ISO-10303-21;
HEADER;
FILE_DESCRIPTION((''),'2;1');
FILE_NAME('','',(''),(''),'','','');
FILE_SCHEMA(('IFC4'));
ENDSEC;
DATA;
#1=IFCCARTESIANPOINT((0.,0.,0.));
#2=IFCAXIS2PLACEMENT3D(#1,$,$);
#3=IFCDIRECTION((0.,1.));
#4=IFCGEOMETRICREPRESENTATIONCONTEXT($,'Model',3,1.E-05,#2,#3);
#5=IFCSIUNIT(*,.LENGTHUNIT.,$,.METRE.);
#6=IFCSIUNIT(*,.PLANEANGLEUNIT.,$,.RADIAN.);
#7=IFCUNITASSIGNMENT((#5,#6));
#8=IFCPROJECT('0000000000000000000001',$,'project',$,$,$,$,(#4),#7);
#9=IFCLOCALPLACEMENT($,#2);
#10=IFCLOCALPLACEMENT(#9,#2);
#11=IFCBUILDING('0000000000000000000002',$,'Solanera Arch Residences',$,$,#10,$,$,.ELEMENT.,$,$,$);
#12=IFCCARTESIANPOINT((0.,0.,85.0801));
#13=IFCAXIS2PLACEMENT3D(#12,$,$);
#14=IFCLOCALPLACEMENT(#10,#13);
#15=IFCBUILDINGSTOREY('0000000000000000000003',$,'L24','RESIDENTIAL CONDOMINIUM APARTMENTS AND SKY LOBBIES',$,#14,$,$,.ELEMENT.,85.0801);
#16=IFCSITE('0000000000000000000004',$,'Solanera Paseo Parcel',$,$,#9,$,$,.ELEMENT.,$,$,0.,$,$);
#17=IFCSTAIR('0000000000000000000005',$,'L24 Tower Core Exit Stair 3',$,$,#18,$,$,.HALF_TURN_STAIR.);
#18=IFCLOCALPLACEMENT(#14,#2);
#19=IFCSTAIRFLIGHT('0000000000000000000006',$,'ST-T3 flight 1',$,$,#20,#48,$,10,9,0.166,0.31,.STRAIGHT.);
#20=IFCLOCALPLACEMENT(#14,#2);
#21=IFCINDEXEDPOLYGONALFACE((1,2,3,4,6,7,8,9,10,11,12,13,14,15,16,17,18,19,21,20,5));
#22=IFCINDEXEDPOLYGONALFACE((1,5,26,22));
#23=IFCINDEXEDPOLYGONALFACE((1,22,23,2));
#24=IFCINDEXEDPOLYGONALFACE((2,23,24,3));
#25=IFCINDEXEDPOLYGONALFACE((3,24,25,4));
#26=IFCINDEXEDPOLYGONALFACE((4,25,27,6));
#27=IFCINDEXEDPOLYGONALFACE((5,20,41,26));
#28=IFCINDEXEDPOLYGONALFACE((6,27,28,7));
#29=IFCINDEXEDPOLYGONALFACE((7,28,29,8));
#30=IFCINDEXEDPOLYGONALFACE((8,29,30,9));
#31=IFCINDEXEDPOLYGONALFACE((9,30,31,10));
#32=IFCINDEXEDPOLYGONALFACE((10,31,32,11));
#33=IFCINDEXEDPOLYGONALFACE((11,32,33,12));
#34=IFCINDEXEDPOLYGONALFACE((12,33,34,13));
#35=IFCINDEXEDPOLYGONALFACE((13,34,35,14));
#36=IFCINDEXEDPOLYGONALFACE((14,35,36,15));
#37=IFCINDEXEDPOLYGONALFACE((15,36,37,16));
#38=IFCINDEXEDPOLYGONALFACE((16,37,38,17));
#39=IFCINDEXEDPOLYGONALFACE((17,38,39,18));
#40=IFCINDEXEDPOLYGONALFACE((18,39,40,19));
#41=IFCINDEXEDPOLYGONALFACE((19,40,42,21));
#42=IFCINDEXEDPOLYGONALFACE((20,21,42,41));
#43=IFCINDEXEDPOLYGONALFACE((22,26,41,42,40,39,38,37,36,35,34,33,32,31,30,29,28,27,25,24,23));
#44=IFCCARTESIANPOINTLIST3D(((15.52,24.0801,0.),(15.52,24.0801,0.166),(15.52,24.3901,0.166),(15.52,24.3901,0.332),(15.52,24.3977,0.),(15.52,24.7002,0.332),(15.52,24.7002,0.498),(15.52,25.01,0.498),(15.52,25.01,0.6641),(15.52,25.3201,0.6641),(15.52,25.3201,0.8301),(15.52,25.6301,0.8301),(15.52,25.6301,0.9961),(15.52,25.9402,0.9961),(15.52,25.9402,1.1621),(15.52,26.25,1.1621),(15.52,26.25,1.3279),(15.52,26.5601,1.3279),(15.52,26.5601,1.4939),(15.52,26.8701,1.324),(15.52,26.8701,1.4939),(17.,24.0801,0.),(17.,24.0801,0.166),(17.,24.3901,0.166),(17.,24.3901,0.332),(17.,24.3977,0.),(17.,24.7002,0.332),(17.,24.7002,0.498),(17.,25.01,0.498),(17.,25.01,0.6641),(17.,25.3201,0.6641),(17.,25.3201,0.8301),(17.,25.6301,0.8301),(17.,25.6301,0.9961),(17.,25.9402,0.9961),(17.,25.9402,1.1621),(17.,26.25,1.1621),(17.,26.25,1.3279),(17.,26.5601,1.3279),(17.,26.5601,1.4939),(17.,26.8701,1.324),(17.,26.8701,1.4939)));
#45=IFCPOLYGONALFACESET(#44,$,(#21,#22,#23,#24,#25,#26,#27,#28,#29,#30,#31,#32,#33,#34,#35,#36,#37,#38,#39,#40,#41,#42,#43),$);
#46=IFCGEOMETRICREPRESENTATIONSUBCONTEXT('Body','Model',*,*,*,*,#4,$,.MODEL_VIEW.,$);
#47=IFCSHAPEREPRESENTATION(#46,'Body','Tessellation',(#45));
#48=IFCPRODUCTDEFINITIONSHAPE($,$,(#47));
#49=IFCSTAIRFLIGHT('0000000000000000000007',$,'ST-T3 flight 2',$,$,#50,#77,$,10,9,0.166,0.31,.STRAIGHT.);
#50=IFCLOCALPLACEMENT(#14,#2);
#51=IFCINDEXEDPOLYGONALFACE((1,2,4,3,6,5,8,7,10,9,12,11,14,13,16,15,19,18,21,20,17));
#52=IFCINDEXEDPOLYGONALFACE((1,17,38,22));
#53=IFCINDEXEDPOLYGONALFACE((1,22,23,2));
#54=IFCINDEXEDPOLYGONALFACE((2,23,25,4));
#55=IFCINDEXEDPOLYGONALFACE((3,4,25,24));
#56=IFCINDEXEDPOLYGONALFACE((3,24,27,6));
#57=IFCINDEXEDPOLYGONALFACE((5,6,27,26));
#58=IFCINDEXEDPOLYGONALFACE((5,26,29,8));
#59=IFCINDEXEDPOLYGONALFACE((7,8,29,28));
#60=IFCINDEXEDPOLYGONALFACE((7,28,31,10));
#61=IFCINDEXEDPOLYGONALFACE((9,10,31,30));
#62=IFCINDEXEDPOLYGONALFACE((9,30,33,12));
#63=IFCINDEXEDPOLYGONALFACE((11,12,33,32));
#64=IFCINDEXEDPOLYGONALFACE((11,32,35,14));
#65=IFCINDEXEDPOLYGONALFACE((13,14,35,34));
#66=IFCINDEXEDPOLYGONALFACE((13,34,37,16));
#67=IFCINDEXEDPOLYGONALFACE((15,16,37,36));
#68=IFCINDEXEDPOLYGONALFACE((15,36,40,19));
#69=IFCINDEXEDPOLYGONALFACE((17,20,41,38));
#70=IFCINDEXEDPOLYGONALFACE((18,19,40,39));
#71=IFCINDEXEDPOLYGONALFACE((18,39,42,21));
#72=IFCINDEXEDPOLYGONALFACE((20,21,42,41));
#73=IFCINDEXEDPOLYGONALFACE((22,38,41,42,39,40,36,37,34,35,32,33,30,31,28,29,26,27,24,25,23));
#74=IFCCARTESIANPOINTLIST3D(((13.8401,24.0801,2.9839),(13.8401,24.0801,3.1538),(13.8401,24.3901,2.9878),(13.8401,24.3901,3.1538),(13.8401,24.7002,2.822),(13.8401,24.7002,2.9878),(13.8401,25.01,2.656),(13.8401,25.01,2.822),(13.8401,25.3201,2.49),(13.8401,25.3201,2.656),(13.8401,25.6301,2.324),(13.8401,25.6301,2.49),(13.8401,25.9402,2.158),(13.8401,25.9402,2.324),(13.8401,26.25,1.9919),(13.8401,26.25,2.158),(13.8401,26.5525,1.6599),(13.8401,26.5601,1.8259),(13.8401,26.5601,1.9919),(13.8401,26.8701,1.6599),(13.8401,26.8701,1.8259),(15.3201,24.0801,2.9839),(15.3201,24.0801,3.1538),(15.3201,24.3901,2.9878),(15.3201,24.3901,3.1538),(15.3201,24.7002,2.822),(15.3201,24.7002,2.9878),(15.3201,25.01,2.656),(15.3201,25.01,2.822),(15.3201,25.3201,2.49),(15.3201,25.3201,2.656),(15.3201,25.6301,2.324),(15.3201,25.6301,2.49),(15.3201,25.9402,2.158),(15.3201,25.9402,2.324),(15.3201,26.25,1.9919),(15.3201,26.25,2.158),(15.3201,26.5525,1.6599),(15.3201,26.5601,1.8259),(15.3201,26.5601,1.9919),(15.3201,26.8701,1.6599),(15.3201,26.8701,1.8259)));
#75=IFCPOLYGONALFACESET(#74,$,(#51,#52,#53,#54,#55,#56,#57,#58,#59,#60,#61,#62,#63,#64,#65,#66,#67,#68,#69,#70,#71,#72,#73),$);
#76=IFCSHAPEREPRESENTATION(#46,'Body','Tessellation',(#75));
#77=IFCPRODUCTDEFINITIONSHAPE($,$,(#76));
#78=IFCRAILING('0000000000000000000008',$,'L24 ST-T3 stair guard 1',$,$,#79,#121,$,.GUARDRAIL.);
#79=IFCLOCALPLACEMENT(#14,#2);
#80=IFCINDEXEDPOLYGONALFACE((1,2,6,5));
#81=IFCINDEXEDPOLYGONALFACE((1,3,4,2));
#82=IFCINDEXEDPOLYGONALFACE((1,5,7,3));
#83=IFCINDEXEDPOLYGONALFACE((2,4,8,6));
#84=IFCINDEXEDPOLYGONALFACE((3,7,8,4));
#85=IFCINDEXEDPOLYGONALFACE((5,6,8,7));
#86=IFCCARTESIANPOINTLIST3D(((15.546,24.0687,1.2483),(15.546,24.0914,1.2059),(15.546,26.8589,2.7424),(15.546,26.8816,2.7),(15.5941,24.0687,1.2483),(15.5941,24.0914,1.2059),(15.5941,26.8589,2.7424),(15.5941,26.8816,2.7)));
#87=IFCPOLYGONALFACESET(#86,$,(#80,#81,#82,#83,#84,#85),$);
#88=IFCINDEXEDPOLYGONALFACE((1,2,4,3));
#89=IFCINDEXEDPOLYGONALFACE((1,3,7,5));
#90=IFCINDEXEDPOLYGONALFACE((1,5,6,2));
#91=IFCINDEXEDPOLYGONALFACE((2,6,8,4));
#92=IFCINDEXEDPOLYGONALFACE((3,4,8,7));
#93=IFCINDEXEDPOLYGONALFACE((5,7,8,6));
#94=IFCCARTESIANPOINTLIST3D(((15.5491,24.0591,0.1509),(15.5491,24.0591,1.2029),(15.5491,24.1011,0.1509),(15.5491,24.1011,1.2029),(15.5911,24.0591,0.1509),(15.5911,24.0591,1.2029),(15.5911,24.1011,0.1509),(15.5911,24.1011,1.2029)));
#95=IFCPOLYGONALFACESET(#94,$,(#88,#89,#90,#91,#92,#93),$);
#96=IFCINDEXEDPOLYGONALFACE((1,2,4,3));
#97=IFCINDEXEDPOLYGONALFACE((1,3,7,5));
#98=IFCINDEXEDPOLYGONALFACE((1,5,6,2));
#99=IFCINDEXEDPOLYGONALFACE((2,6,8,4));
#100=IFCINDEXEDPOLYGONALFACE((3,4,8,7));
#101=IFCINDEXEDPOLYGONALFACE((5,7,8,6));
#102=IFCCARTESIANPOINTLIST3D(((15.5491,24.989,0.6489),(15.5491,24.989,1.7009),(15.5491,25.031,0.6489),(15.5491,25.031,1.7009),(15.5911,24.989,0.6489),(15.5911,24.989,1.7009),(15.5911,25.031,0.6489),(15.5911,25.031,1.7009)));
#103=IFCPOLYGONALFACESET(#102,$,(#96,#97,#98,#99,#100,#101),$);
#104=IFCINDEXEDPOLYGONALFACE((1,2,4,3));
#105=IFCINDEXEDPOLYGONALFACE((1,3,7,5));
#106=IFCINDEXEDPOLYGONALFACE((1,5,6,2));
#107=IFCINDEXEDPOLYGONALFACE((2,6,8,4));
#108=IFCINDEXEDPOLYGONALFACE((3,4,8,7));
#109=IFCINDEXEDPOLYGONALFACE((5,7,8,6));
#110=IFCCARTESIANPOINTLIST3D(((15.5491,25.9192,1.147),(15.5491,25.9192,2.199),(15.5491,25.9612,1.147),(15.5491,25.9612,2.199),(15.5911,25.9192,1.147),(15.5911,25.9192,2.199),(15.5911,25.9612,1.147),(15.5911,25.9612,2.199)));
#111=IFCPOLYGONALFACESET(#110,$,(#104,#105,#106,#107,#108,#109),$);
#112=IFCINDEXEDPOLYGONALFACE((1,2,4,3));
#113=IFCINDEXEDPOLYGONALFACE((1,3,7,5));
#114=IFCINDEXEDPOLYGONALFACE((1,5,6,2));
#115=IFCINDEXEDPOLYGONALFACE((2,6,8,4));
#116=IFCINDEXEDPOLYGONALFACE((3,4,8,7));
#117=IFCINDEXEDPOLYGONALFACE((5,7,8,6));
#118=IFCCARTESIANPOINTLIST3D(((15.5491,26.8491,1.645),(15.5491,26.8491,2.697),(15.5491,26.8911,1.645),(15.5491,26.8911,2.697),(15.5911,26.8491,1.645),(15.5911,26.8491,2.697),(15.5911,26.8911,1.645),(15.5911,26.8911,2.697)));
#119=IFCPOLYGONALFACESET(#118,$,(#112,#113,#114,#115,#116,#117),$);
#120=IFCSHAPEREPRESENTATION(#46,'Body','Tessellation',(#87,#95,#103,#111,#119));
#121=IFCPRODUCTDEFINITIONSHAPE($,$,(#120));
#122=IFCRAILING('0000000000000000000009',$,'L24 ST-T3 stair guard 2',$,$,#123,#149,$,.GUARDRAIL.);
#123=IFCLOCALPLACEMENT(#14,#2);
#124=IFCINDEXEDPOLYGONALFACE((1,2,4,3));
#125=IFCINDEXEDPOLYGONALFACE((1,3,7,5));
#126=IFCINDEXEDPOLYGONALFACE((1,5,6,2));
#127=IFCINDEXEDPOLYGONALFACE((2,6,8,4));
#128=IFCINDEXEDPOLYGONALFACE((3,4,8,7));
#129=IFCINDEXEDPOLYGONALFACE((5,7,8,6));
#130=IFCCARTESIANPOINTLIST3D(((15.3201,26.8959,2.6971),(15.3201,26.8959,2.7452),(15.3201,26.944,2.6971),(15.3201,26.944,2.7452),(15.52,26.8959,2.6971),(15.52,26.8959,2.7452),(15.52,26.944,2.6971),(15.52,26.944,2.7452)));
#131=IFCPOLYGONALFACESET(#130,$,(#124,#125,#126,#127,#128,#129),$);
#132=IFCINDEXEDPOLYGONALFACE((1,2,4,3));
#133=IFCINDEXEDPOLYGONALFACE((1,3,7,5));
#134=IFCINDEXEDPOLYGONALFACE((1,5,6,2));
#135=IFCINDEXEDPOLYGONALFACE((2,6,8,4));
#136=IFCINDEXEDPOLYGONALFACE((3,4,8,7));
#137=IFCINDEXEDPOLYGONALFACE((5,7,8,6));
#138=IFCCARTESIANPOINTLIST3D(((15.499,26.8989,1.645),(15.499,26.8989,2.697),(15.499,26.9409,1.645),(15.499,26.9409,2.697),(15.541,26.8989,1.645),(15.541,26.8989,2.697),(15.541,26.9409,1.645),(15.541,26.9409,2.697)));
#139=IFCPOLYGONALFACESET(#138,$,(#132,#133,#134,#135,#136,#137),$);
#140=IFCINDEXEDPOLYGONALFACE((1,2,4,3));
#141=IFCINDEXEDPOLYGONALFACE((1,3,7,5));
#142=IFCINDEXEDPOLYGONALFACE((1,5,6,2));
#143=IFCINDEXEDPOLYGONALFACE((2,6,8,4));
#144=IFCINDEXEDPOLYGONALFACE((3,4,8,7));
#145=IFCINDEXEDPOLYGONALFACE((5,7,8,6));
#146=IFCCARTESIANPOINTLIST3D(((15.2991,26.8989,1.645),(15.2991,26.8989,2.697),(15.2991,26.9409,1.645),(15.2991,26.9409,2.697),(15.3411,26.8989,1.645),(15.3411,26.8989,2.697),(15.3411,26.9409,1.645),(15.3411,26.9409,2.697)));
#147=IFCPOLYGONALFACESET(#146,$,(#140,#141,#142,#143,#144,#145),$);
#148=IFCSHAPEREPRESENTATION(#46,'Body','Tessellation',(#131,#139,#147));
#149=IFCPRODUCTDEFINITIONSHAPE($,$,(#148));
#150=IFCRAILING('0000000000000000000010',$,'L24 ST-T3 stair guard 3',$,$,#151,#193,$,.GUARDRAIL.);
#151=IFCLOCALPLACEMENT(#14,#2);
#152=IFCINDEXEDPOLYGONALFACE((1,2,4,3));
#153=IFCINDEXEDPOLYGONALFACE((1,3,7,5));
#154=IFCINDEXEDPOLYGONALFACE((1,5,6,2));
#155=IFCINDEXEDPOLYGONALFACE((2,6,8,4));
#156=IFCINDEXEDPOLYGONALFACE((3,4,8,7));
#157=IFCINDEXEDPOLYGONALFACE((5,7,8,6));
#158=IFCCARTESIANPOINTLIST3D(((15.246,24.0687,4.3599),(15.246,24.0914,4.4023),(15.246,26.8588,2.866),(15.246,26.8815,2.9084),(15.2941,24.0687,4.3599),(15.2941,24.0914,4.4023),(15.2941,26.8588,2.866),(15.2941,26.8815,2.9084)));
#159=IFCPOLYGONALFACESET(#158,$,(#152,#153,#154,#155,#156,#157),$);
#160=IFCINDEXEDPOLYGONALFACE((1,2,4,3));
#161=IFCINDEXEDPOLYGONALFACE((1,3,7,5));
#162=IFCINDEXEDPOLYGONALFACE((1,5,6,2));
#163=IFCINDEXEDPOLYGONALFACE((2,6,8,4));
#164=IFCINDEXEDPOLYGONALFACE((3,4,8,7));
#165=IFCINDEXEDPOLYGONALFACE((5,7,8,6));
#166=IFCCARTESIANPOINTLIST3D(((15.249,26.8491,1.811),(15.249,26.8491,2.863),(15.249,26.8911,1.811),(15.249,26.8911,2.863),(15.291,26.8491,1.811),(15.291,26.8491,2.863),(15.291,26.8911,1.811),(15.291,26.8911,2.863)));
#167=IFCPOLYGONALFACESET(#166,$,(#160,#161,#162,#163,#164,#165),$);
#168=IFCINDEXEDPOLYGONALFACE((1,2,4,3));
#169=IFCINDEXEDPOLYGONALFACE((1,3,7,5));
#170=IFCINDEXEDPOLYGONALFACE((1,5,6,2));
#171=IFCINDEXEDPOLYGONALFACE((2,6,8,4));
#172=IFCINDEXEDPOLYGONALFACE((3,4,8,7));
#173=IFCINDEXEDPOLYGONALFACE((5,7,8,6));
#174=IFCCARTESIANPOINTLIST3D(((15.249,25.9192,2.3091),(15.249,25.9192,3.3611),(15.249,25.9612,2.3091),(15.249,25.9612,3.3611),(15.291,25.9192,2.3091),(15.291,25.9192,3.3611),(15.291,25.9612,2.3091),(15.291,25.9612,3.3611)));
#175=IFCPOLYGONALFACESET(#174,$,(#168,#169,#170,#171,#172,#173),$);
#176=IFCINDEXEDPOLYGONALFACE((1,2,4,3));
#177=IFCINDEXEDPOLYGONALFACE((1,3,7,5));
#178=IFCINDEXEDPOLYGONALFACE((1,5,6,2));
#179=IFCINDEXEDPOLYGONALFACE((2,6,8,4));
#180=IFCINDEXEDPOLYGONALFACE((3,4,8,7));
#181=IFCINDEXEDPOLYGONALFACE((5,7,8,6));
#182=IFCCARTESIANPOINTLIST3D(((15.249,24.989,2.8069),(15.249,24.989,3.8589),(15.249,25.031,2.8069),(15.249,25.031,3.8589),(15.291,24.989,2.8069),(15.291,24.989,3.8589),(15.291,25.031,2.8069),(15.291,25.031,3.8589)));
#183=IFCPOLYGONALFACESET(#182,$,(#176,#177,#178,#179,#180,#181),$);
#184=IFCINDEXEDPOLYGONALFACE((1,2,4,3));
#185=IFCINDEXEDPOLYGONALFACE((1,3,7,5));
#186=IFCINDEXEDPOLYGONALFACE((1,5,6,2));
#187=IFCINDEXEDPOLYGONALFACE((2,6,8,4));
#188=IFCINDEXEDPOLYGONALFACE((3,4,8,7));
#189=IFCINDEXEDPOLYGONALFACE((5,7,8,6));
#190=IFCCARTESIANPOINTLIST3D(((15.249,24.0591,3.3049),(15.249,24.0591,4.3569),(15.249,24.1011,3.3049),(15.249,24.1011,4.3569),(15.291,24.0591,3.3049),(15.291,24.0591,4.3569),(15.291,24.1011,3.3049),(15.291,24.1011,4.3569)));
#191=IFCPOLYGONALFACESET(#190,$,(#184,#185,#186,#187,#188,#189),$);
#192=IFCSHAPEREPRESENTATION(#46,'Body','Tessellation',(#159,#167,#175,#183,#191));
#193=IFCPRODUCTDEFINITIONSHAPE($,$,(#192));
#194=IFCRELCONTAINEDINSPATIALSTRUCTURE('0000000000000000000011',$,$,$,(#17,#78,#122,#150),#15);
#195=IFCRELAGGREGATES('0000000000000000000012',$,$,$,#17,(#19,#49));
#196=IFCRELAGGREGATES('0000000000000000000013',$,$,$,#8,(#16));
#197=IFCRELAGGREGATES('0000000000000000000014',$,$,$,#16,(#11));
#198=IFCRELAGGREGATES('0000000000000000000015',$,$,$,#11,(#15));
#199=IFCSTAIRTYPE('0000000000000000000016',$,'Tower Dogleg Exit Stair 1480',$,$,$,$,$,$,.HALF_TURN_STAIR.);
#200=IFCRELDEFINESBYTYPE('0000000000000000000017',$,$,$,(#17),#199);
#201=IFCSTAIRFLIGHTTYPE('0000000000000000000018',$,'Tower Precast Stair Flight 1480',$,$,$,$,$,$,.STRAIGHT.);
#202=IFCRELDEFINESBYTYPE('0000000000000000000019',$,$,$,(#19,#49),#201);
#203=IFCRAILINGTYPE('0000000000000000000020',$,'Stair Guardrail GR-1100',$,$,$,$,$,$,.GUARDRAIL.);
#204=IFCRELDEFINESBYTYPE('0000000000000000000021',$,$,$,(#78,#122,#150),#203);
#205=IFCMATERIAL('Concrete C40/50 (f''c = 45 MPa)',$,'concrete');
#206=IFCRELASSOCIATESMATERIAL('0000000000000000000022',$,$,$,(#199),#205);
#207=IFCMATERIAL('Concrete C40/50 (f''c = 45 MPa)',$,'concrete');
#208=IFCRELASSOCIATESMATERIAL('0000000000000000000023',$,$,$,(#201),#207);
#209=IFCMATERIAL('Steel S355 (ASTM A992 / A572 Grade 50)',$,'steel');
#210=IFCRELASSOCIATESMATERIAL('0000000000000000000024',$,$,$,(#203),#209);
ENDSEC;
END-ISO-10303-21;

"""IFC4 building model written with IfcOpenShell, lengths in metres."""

from ifc_helpers import new_model, si_unit, direction, frame, origin, origin_2d, place, context, subcontext, project, spatial, polyline, rectangle, outline, extrude, material, type_object, element, aggregate, save


model = new_model("IFC4")

# Units and contexts
model_context = context("Model", 3, precision=1e-05, world=origin(), true_north=direction((0.0, 1.0)))
body_context = subcontext(model_context, "Body", "Model", "MODEL_VIEW")
ifc_project = project(units=[si_unit("LENGTHUNIT", "METRE"), si_unit("PLANEANGLEUNIT", "RADIAN")], contexts=[model_context])

# Site, building, storey
site_placement = place(None, origin())
site = spatial("IfcSite", under=ifc_project, at=site_placement, Name="Solanera Paseo Parcel", CompositionType="ELEMENT", RefElevation=0.0)
building_placement = place(site_placement, origin())
building = spatial("IfcBuilding", under=site, at=building_placement, Name="Solanera Arch Residences", CompositionType="ELEMENT")
storey_placement = place(building_placement, frame((0.0, 0.0, 85.0801)))
storey = spatial("IfcBuildingStorey", under=building, at=storey_placement, Name="L24", Description="RESIDENTIAL CONDOMINIUM APARTMENTS AND SKY LOBBIES", CompositionType="ELEMENT", Elevation=85.0801)

# Stair, stair flights
ifc_material_1 = material(Name="Concrete C40/50 (f'c = 45 MPa)", Category="concrete")
stair_type = type_object("IfcStairType", Name="Tower Dogleg Exit Stair 1480", PredefinedType="HALF_TURN_STAIR", material=ifc_material_1)
stair_placement = place(storey_placement, origin())
stair = element("IfcStair", 1, at=stair_placement, inside=storey, type_object=stair_type, Name="L24 Tower Core Exit Stair 3", PredefinedType="HALF_TURN_STAIR")
ifc_material_2 = material(Name="Concrete C40/50 (f'c = 45 MPa)", Category="concrete")
stair_flight_type = type_object("IfcStairFlightType", Name="Tower Precast Stair Flight 1480", PredefinedType="STRAIGHT", material=ifc_material_2)
stair_flight_1_placement = place(storey_placement, frame((16.26, 24.0801, 0.0), z_axis=(0.0, 0.0, 1.0), x_axis=(0.0, 1.0, 0.0)))
stair_flight_1 = element("IfcStairFlight", 2, at=stair_flight_1_placement, type_object=stair_flight_type, Name="ST-T3 flight 1", NumberOfRisers=10, NumberOfTreads=9, PredefinedType="STRAIGHT", RiserHeight=0.166, TreadLength=0.31, context=body_context, shape_type="SweptSolid", body=[
    extrude(outline(polyline([(0.0, 0.0), (0.0, 0.166), (0.3101, 0.166), (0.3101, 0.332), (0.6201, 0.332), (0.6201, 0.498), (0.9299, 0.498), (0.9299, 0.6641), (1.24, 0.6641), (1.24, 0.8301), (1.55, 0.8301), (1.55, 0.9961), (1.8601, 0.9961), (1.8601, 1.1621), (2.1699, 1.1621), (2.1699, 1.3279), (2.48, 1.3279), (2.48, 1.4939), (2.79, 1.4939), (2.79, 1.6599), (2.79, 1.324), (0.3176, 0.0), (0.0, 0.0)])), frame((0.0, 0.74, 0.0), z_axis=(0.0, -1.0, 0.0), x_axis=(1.0, 0.0, 0.0)), (0.0, 0.0, 1.0), 1.48),
])
stair_flight_2_placement = place(storey_placement, frame((14.5801, 26.8701, 1.6599), z_axis=(0.0, 0.0, 1.0), x_axis=(0.0, -1.0, 0.0)))
stair_flight_2 = element("IfcStairFlight", 3, at=stair_flight_2_placement, type_object=stair_flight_type, Name="ST-T3 flight 2", NumberOfRisers=10, NumberOfTreads=9, PredefinedType="STRAIGHT", RiserHeight=0.166, TreadLength=0.31, context=body_context, shape_type="SweptSolid", body=[
    extrude(outline(polyline([(0.0, 0.0), (0.0, 0.166), (0.3101, 0.166), (0.3101, 0.332), (0.6201, 0.332), (0.6201, 0.498), (0.9299, 0.498), (0.9299, 0.6641), (1.24, 0.6641), (1.24, 0.8301), (1.55, 0.8301), (1.55, 0.9961), (1.8601, 0.9961), (1.8601, 1.1621), (2.1699, 1.1621), (2.1699, 1.3279), (2.48, 1.3279), (2.48, 1.4939), (2.79, 1.4939), (2.79, 1.6599), (2.79, 1.324), (0.3176, 0.0), (0.0, 0.0)])), frame((0.0, 0.74, 0.0), z_axis=(0.0, -1.0, 0.0), x_axis=(1.0, 0.0, 0.0)), (0.0, 0.0, 1.0), 1.48),
])
aggregate(stair, [stair_flight_1, stair_flight_2])

# Railings
ifc_material_3 = material(Name="Steel S355 (ASTM A992 / A572 Grade 50)", Category="steel")
railing_type_1 = type_object("IfcRailingType", Name="Stair Guardrail GR-1100", PredefinedType="GUARDRAIL", material=ifc_material_3)
railing_1_placement = place(storey_placement, frame((15.5701, 24.0801, 0.1509)))
element("IfcRailing", 4, at=railing_1_placement, inside=storey, type_object=railing_type_1, Name="L24 ST-T3 stair guard 1", PredefinedType="GUARDRAIL", context=body_context, shape_type="SweptSolid", body=[
    extrude(rectangle(XDim=0.0481, YDim=0.0481, at=origin_2d()), frame((0.0, 0.0, 1.0762), z_axis=(0.0, 0.881549, 0.472093), x_axis=(-1.0, 0.0, 0.0)), (0.0, 0.0, 1.0), 3.165),
    extrude(rectangle(XDim=0.042, YDim=0.042, at=origin_2d()), origin(), (0.0, 0.0, 1.0), 1.052),
    extrude(rectangle(XDim=0.042, YDim=0.042, at=origin_2d()), frame((0.0, 0.9299, 0.498)), (0.0, 0.0, 1.0), 1.052),
    extrude(rectangle(XDim=0.042, YDim=0.042, at=origin_2d()), frame((0.0, 1.8601, 0.9961)), (0.0, 0.0, 1.0), 1.052),
    extrude(rectangle(XDim=0.042, YDim=0.042, at=origin_2d()), frame((0.0, 2.79, 1.4941)), (0.0, 0.0, 1.0), 1.052),
])
railing_2_placement = place(storey_placement, frame((15.52, 26.9199, 1.645)))
element("IfcRailing", 5, at=railing_2_placement, inside=storey, type_object=railing_type_1, Name="L24 ST-T3 stair guard 2", PredefinedType="GUARDRAIL", context=body_context, shape_type="SweptSolid", body=[
    extrude(rectangle(XDim=0.0481, YDim=0.0481, at=origin_2d()), frame((0.0, 0.0, 1.0762), z_axis=(-1.0, 0.0, 0.0), x_axis=(0.0, -1.0, 0.0)), (0.0, 0.0, 1.0), 0.2),
    extrude(rectangle(XDim=0.042, YDim=0.042, at=origin_2d()), origin(), (0.0, 0.0, 1.0), 1.052),
    extrude(rectangle(XDim=0.042, YDim=0.042, at=origin_2d()), frame((-0.2, 0.0, 0.0)), (0.0, 0.0, 1.0), 1.052),
])
railing_3_placement = place(storey_placement, frame((15.27, 26.8701, 1.811)))
element("IfcRailing", 6, at=railing_3_placement, inside=storey, type_object=railing_type_1, Name="L24 ST-T3 stair guard 3", PredefinedType="GUARDRAIL", context=body_context, shape_type="SweptSolid", body=[
    extrude(rectangle(XDim=0.0481, YDim=0.0481, at=origin_2d()), frame((0.0, 0.0, 1.0762), z_axis=(0.0, -0.881581, 0.472033), x_axis=(1.0, 0.0, 0.0)), (0.0, 0.0, 1.0), 3.1648),
    extrude(rectangle(XDim=0.042, YDim=0.042, at=origin_2d()), origin(), (0.0, 0.0, 1.0), 1.052),
    extrude(rectangle(XDim=0.042, YDim=0.042, at=origin_2d()), frame((0.0, -0.9299, 0.498)), (0.0, 0.0, 1.0), 1.052),
    extrude(rectangle(XDim=0.042, YDim=0.042, at=origin_2d()), frame((0.0, -1.8601, 0.9958)), (0.0, 0.0, 1.0), 1.052),
    extrude(rectangle(XDim=0.042, YDim=0.042, at=origin_2d()), frame((0.0, -2.79, 1.4939)), (0.0, 0.0, 1.0), 1.052),
])

save(model, "model.ifc")
